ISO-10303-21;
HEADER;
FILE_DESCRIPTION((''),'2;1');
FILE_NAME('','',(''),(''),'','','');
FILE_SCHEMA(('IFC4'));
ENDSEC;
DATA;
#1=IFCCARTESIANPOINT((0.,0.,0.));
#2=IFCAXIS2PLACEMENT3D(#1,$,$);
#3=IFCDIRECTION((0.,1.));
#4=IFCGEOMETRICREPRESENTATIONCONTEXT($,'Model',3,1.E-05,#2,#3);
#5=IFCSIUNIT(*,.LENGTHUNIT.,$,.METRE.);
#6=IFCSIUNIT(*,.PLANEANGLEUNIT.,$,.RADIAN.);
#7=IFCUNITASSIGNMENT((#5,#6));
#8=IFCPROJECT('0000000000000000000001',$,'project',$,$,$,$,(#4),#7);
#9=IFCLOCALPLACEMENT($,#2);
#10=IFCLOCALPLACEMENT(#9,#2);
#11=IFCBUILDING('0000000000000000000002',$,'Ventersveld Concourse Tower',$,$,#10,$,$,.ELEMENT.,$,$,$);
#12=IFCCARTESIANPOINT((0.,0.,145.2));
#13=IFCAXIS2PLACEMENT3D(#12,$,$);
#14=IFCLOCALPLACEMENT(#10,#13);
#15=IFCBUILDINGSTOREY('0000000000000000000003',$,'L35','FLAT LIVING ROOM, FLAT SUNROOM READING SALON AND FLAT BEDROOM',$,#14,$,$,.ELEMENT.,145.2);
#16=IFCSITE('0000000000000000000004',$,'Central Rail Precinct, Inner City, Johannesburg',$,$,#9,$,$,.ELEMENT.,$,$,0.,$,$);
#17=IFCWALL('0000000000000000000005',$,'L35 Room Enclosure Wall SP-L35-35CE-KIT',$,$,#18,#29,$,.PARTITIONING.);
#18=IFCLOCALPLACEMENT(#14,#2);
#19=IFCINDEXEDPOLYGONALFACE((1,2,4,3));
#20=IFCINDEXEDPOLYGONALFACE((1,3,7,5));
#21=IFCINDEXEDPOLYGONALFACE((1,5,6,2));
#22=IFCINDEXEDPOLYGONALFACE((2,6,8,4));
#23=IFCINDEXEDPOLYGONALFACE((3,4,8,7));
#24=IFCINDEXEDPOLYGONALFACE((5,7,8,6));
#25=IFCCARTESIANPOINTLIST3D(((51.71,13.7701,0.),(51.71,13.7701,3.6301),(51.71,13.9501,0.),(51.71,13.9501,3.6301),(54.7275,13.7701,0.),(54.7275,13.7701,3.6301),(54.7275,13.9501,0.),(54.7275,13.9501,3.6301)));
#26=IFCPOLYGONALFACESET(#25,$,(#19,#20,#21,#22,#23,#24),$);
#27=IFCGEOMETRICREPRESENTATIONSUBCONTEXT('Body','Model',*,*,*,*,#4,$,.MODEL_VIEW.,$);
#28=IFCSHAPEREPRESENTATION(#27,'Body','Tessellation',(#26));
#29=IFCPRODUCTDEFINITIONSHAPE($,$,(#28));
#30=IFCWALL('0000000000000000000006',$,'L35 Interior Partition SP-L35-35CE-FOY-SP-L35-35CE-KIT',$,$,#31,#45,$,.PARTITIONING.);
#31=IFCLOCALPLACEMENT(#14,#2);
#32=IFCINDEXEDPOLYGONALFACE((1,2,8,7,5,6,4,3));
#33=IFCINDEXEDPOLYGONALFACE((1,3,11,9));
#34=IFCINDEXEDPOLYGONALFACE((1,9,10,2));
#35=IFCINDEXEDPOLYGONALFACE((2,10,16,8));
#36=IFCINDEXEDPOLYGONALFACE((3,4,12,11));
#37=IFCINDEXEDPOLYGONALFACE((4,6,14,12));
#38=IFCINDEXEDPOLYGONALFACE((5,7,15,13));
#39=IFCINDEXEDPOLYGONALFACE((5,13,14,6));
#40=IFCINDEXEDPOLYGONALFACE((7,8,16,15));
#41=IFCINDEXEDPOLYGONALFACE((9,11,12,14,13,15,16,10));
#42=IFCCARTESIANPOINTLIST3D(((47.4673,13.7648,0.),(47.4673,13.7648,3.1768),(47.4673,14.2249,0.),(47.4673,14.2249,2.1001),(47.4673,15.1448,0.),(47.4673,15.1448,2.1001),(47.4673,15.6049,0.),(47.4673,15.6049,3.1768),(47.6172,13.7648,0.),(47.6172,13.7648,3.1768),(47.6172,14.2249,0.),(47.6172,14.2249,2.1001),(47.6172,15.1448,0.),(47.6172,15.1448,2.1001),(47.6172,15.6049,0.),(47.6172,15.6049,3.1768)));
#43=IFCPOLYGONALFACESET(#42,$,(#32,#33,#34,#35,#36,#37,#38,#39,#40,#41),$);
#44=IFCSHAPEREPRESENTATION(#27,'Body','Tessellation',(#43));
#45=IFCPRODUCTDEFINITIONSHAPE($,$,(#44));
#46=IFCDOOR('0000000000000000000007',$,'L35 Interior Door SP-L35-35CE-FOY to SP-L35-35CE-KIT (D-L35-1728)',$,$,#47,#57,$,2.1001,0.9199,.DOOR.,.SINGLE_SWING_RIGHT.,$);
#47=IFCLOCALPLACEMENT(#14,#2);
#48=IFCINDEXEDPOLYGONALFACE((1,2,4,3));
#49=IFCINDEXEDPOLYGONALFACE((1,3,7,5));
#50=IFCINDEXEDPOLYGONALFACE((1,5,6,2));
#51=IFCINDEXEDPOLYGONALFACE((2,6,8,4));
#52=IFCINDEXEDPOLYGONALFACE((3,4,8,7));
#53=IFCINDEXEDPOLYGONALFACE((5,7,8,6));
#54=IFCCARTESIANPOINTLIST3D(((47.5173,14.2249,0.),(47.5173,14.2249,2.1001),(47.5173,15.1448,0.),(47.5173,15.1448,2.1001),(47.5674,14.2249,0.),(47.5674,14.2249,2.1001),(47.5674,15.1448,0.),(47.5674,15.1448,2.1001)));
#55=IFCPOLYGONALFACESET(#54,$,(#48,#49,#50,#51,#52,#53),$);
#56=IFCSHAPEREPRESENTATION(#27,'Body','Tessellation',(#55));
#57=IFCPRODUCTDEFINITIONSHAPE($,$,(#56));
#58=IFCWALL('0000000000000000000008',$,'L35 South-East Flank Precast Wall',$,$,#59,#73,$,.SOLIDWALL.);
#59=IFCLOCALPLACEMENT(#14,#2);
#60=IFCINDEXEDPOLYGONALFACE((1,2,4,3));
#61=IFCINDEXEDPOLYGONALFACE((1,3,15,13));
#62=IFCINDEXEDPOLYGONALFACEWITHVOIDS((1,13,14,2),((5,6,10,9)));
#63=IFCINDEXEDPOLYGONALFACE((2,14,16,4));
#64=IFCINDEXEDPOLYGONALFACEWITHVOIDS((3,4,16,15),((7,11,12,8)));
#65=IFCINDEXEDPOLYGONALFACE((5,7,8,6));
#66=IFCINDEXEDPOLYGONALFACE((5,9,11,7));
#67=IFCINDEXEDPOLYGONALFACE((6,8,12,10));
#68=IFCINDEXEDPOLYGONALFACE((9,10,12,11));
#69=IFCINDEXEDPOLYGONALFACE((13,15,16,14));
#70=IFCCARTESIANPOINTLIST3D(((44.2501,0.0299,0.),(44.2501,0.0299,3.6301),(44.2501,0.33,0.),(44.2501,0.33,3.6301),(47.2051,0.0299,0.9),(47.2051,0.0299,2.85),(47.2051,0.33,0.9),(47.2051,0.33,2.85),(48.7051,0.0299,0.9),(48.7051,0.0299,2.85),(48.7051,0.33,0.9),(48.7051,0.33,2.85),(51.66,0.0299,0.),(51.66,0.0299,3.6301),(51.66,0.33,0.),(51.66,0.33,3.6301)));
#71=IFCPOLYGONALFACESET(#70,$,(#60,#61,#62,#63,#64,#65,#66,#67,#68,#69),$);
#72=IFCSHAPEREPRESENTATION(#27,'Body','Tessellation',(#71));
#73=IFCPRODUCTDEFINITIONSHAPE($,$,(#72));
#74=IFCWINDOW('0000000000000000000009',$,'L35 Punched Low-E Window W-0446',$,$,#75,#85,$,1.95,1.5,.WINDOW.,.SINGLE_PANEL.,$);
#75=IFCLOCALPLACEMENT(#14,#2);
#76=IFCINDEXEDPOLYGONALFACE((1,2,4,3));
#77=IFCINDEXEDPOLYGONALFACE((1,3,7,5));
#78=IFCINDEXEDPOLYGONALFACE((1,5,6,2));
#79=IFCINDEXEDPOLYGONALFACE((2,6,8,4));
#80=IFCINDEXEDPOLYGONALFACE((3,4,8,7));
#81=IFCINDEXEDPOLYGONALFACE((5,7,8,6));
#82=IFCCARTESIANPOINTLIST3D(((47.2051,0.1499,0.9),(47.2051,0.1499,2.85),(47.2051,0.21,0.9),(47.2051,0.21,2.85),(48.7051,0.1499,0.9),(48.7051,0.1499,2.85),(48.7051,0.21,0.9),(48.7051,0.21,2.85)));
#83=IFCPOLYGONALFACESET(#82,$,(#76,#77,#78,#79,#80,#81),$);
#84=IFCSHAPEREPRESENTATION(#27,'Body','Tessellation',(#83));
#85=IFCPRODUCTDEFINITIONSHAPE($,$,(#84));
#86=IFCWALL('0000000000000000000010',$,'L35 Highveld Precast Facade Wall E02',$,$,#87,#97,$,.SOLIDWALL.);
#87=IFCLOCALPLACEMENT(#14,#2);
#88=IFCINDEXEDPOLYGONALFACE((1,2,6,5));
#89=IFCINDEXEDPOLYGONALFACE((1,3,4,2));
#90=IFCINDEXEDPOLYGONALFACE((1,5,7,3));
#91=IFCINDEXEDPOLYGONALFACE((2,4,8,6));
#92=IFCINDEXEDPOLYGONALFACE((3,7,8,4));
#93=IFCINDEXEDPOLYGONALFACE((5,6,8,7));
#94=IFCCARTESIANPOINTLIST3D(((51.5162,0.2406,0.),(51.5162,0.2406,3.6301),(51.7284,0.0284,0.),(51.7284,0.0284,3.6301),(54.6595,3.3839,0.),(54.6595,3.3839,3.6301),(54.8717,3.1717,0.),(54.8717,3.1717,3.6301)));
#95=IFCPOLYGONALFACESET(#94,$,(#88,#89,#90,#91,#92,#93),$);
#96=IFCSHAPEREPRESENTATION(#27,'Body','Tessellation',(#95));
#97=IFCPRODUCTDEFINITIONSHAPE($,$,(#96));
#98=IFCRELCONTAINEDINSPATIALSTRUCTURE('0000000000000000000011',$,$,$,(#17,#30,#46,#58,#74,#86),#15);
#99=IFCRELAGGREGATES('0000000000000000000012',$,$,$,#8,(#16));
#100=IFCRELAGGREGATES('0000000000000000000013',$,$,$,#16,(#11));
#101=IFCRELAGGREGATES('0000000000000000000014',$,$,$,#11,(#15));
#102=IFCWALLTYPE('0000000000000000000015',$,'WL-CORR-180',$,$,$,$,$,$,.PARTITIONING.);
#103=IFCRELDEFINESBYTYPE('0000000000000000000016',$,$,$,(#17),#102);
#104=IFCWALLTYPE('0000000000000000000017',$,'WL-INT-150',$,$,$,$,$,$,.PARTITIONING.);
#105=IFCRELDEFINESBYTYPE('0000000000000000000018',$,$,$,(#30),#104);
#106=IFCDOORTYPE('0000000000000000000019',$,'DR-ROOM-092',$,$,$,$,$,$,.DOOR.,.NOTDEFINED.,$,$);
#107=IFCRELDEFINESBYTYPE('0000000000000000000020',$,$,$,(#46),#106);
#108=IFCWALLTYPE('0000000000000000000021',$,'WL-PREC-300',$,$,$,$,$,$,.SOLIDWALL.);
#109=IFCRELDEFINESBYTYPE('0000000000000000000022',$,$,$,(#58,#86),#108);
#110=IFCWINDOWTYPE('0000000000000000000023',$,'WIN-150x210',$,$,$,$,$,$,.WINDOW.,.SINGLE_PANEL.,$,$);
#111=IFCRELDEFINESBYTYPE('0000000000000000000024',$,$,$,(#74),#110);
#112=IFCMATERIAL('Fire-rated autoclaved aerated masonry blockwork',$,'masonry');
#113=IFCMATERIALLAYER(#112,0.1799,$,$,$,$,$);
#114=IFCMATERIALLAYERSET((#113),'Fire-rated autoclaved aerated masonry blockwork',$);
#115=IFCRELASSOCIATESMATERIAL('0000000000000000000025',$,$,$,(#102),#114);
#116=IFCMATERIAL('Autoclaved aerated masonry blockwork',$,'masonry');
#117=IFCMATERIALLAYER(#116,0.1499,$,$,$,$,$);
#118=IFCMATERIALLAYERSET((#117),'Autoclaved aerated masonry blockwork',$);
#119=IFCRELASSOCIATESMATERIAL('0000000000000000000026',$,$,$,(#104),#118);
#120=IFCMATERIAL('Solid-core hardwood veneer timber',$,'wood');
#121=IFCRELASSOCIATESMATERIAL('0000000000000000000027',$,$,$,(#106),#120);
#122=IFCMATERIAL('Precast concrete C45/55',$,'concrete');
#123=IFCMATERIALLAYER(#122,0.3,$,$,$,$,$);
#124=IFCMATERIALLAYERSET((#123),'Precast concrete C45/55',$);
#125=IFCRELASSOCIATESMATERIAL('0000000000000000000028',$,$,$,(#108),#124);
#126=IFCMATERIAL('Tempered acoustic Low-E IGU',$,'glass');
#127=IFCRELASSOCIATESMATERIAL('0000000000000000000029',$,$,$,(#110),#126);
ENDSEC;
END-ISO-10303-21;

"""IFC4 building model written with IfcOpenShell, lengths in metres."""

from ifc_helpers import new_model, si_unit, direction, frame, frame_2d, origin, place, context, subcontext, project, spatial, rectangle, extrude, material, layer, layer_set, type_object, element, fill, save


model = new_model("IFC4")

# Units and contexts
model_context = context("Model", 3, precision=1e-05, world=origin(), true_north=direction((0.0, 1.0)))
body_context = subcontext(model_context, "Body", "Model", "MODEL_VIEW")
ifc_project = project(units=[si_unit("LENGTHUNIT", "METRE"), si_unit("PLANEANGLEUNIT", "RADIAN")], contexts=[model_context])

# Site, building, storey
site_placement = place(None, origin())
site = spatial("IfcSite", under=ifc_project, at=site_placement, Name="Central Rail Precinct, Inner City, Johannesburg", CompositionType="ELEMENT", RefElevation=0.0)
building_placement = place(site_placement, origin())
building = spatial("IfcBuilding", under=site, at=building_placement, Name="Ventersveld Concourse Tower", CompositionType="ELEMENT")
storey_placement = place(building_placement, frame((0.0, 0.0, 145.2)))
storey = spatial("IfcBuildingStorey", under=building, at=storey_placement, Name="L35", Description="FLAT LIVING ROOM, FLAT SUNROOM READING SALON AND FLAT BEDROOM", CompositionType="ELEMENT", Elevation=145.2)

# Shared definitions
ifc_material_1 = material(Name="Fire-rated autoclaved aerated masonry blockwork", Category="masonry")
ifc_layer_1 = layer(ifc_material_1, 0.1799)
ifc_layer_set_1 = layer_set([ifc_layer_1], Name="Fire-rated autoclaved aerated masonry blockwork")
wall_type_1 = type_object("IfcWallType", Name="WL-CORR-180", PredefinedType="PARTITIONING", material=ifc_layer_set_1)
ifc_material_2 = material(Name="Solid-core hardwood veneer timber", Category="wood")

# Wall
wall_1_placement = place(storey_placement, frame((54.7275, 13.8601, 0.0), z_axis=(0.0, 0.0, 1.0), x_axis=(-1.0, 0.0, 0.0)))
element("IfcWall", 1, at=wall_1_placement, inside=storey, type_object=wall_type_1, Name="L35 Room Enclosure Wall SP-L35-35CE-KIT", PredefinedType="PARTITIONING", context=body_context, shape_type="SweptSolid", body=[
    extrude(rectangle(XDim=3.0176, YDim=0.1799, at=frame_2d((1.5088, 0.0))), origin(), (0.0, 0.0, 1.0), 3.6301),
])

# Wall, opening, door
ifc_material_3 = material(Name="Autoclaved aerated masonry blockwork", Category="masonry")
ifc_layer_2 = layer(ifc_material_3, 0.1499)
ifc_layer_set_2 = layer_set([ifc_layer_2], Name="Autoclaved aerated masonry blockwork")
wall_type_2 = type_object("IfcWallType", Name="WL-INT-150", PredefinedType="PARTITIONING", material=ifc_layer_set_2)
wall_2_placement = place(storey_placement, frame((47.5422, 13.7649, 0.0), z_axis=(0.0, 0.0, 1.0), x_axis=(0.0, 1.0, 0.0)))
wall_2 = element("IfcWall", 2, at=wall_2_placement, inside=storey, type_object=wall_type_2, Name="L35 Interior Partition SP-L35-35CE-FOY-SP-L35-35CE-KIT", PredefinedType="PARTITIONING", context=body_context, shape_type="SweptSolid", body=[
    extrude(rectangle(XDim=1.8401, YDim=0.1499, at=frame_2d((0.9199, 0.0))), origin(), (0.0, 0.0, 1.0), 3.1768),
])
opening_1_placement = place(wall_2_placement, frame((0.46, 0.0, 0.0)))
opening_1 = element("IfcOpeningElement", 3, at=opening_1_placement, cuts=wall_2, PredefinedType="OPENING", context=body_context, shape_type="SweptSolid", body=[
    extrude(rectangle(XDim=0.9199, YDim=2.1001, at=frame_2d((0.46, 1.05))), frame((0.0, 0.085, 0.0), z_axis=(0.0, -1.0, 0.0), x_axis=(1.0, 0.0, 0.0)), (0.0, 0.0, 1.0), 0.1699),
])
door_type_1 = type_object("IfcDoorType", Name="DR-ROOM-092", OperationType="NOTDEFINED", PredefinedType="DOOR", material=ifc_material_2)
door_1_placement = place(opening_1_placement, origin())
door_1 = element("IfcDoor", 4, at=door_1_placement, inside=storey, type_object=door_type_1, Name="L35 Interior Door SP-L35-35CE-FOY to SP-L35-35CE-KIT (D-L35-1728)", OperationType="SINGLE_SWING_RIGHT", OverallHeight=2.1001, OverallWidth=0.9199, PredefinedType="DOOR", context=body_context, shape_type="SweptSolid", body=[
    extrude(rectangle(XDim=0.9199, YDim=2.1001, at=frame_2d((0.46, 1.05))), frame((0.0, 0.0249, 0.0), z_axis=(0.0, -1.0, 0.0), x_axis=(1.0, 0.0, 0.0)), (0.0, 0.0, 1.0), 0.05),
])
fill(opening_1, door_1)

# Wall, opening, window
ifc_material_4 = material(Name="Precast concrete C45/55", Category="concrete")
ifc_layer_3 = layer(ifc_material_4, 0.3)
ifc_layer_set_3 = layer_set([ifc_layer_3], Name="Precast concrete C45/55")
wall_type_3 = type_object("IfcWallType", Name="WL-PREC-300", PredefinedType="SOLIDWALL", material=ifc_layer_set_3)
wall_3_placement = place(storey_placement, frame((44.25, 0.1799, 0.0), z_axis=(0.0, 0.0, 1.0), x_axis=(1.0, 0.0, 0.0)))
wall_3 = element("IfcWall", 5, at=wall_3_placement, inside=storey, type_object=wall_type_3, Name="L35 South-East Flank Precast Wall", PredefinedType="SOLIDWALL", context=body_context, shape_type="SweptSolid", body=[
    extrude(rectangle(XDim=7.4099, YDim=0.3, at=frame_2d((3.7051, 0.0))), origin(), (0.0, 0.0, 1.0), 3.6301),
])
opening_2_placement = place(wall_3_placement, frame((2.9551, 0.0, 0.8999)))
opening_2 = element("IfcOpeningElement", 6, at=opening_2_placement, cuts=wall_3, PredefinedType="OPENING", context=body_context, shape_type="SweptSolid", body=[
    extrude(rectangle(XDim=1.5, YDim=1.95, at=frame_2d((0.75, 0.9751))), frame((0.0, 0.1602, 0.0), z_axis=(0.0, -1.0, 0.0), x_axis=(1.0, 0.0, 0.0)), (0.0, 0.0, 1.0), 0.3201),
])
ifc_material_5 = material(Name="Tempered acoustic Low-E IGU", Category="glass")
window_type_1 = type_object("IfcWindowType", Name="WIN-150x210", PartitioningType="SINGLE_PANEL", PredefinedType="WINDOW", material=ifc_material_5)
window_1_placement = place(opening_2_placement, origin())
window_1 = element("IfcWindow", 7, at=window_1_placement, inside=storey, type_object=window_type_1, Name="L35 Punched Low-E Window W-0446", OverallHeight=1.95, OverallWidth=1.5, PartitioningType="SINGLE_PANEL", PredefinedType="WINDOW", context=body_context, shape_type="SweptSolid", body=[
    extrude(rectangle(XDim=1.5, YDim=1.95, at=frame_2d((0.75, 0.9751))), frame((0.0, 0.03, 0.0), z_axis=(0.0, -1.0, 0.0), x_axis=(1.0, 0.0, 0.0)), (0.0, 0.0, 1.0), 0.0601),
])
fill(opening_2, window_1)

# Wall
wall_4_placement = place(storey_placement, frame((51.6223, 0.1345, 0.0), z_axis=(0.0, 0.0, 1.0), x_axis=(0.707107, 0.707107, 0.0)))
element("IfcWall", 8, at=wall_4_placement, inside=storey, type_object=wall_type_3, Name="L35 Highveld Precast Facade Wall E02", PredefinedType="SOLIDWALL", context=body_context, shape_type="SweptSolid", body=[
    extrude(rectangle(XDim=4.4453, YDim=0.3, at=frame_2d((2.2227, 0.0))), origin(), (0.0, 0.0, 1.0), 3.6301),
])

save(model, "model.ifc")
